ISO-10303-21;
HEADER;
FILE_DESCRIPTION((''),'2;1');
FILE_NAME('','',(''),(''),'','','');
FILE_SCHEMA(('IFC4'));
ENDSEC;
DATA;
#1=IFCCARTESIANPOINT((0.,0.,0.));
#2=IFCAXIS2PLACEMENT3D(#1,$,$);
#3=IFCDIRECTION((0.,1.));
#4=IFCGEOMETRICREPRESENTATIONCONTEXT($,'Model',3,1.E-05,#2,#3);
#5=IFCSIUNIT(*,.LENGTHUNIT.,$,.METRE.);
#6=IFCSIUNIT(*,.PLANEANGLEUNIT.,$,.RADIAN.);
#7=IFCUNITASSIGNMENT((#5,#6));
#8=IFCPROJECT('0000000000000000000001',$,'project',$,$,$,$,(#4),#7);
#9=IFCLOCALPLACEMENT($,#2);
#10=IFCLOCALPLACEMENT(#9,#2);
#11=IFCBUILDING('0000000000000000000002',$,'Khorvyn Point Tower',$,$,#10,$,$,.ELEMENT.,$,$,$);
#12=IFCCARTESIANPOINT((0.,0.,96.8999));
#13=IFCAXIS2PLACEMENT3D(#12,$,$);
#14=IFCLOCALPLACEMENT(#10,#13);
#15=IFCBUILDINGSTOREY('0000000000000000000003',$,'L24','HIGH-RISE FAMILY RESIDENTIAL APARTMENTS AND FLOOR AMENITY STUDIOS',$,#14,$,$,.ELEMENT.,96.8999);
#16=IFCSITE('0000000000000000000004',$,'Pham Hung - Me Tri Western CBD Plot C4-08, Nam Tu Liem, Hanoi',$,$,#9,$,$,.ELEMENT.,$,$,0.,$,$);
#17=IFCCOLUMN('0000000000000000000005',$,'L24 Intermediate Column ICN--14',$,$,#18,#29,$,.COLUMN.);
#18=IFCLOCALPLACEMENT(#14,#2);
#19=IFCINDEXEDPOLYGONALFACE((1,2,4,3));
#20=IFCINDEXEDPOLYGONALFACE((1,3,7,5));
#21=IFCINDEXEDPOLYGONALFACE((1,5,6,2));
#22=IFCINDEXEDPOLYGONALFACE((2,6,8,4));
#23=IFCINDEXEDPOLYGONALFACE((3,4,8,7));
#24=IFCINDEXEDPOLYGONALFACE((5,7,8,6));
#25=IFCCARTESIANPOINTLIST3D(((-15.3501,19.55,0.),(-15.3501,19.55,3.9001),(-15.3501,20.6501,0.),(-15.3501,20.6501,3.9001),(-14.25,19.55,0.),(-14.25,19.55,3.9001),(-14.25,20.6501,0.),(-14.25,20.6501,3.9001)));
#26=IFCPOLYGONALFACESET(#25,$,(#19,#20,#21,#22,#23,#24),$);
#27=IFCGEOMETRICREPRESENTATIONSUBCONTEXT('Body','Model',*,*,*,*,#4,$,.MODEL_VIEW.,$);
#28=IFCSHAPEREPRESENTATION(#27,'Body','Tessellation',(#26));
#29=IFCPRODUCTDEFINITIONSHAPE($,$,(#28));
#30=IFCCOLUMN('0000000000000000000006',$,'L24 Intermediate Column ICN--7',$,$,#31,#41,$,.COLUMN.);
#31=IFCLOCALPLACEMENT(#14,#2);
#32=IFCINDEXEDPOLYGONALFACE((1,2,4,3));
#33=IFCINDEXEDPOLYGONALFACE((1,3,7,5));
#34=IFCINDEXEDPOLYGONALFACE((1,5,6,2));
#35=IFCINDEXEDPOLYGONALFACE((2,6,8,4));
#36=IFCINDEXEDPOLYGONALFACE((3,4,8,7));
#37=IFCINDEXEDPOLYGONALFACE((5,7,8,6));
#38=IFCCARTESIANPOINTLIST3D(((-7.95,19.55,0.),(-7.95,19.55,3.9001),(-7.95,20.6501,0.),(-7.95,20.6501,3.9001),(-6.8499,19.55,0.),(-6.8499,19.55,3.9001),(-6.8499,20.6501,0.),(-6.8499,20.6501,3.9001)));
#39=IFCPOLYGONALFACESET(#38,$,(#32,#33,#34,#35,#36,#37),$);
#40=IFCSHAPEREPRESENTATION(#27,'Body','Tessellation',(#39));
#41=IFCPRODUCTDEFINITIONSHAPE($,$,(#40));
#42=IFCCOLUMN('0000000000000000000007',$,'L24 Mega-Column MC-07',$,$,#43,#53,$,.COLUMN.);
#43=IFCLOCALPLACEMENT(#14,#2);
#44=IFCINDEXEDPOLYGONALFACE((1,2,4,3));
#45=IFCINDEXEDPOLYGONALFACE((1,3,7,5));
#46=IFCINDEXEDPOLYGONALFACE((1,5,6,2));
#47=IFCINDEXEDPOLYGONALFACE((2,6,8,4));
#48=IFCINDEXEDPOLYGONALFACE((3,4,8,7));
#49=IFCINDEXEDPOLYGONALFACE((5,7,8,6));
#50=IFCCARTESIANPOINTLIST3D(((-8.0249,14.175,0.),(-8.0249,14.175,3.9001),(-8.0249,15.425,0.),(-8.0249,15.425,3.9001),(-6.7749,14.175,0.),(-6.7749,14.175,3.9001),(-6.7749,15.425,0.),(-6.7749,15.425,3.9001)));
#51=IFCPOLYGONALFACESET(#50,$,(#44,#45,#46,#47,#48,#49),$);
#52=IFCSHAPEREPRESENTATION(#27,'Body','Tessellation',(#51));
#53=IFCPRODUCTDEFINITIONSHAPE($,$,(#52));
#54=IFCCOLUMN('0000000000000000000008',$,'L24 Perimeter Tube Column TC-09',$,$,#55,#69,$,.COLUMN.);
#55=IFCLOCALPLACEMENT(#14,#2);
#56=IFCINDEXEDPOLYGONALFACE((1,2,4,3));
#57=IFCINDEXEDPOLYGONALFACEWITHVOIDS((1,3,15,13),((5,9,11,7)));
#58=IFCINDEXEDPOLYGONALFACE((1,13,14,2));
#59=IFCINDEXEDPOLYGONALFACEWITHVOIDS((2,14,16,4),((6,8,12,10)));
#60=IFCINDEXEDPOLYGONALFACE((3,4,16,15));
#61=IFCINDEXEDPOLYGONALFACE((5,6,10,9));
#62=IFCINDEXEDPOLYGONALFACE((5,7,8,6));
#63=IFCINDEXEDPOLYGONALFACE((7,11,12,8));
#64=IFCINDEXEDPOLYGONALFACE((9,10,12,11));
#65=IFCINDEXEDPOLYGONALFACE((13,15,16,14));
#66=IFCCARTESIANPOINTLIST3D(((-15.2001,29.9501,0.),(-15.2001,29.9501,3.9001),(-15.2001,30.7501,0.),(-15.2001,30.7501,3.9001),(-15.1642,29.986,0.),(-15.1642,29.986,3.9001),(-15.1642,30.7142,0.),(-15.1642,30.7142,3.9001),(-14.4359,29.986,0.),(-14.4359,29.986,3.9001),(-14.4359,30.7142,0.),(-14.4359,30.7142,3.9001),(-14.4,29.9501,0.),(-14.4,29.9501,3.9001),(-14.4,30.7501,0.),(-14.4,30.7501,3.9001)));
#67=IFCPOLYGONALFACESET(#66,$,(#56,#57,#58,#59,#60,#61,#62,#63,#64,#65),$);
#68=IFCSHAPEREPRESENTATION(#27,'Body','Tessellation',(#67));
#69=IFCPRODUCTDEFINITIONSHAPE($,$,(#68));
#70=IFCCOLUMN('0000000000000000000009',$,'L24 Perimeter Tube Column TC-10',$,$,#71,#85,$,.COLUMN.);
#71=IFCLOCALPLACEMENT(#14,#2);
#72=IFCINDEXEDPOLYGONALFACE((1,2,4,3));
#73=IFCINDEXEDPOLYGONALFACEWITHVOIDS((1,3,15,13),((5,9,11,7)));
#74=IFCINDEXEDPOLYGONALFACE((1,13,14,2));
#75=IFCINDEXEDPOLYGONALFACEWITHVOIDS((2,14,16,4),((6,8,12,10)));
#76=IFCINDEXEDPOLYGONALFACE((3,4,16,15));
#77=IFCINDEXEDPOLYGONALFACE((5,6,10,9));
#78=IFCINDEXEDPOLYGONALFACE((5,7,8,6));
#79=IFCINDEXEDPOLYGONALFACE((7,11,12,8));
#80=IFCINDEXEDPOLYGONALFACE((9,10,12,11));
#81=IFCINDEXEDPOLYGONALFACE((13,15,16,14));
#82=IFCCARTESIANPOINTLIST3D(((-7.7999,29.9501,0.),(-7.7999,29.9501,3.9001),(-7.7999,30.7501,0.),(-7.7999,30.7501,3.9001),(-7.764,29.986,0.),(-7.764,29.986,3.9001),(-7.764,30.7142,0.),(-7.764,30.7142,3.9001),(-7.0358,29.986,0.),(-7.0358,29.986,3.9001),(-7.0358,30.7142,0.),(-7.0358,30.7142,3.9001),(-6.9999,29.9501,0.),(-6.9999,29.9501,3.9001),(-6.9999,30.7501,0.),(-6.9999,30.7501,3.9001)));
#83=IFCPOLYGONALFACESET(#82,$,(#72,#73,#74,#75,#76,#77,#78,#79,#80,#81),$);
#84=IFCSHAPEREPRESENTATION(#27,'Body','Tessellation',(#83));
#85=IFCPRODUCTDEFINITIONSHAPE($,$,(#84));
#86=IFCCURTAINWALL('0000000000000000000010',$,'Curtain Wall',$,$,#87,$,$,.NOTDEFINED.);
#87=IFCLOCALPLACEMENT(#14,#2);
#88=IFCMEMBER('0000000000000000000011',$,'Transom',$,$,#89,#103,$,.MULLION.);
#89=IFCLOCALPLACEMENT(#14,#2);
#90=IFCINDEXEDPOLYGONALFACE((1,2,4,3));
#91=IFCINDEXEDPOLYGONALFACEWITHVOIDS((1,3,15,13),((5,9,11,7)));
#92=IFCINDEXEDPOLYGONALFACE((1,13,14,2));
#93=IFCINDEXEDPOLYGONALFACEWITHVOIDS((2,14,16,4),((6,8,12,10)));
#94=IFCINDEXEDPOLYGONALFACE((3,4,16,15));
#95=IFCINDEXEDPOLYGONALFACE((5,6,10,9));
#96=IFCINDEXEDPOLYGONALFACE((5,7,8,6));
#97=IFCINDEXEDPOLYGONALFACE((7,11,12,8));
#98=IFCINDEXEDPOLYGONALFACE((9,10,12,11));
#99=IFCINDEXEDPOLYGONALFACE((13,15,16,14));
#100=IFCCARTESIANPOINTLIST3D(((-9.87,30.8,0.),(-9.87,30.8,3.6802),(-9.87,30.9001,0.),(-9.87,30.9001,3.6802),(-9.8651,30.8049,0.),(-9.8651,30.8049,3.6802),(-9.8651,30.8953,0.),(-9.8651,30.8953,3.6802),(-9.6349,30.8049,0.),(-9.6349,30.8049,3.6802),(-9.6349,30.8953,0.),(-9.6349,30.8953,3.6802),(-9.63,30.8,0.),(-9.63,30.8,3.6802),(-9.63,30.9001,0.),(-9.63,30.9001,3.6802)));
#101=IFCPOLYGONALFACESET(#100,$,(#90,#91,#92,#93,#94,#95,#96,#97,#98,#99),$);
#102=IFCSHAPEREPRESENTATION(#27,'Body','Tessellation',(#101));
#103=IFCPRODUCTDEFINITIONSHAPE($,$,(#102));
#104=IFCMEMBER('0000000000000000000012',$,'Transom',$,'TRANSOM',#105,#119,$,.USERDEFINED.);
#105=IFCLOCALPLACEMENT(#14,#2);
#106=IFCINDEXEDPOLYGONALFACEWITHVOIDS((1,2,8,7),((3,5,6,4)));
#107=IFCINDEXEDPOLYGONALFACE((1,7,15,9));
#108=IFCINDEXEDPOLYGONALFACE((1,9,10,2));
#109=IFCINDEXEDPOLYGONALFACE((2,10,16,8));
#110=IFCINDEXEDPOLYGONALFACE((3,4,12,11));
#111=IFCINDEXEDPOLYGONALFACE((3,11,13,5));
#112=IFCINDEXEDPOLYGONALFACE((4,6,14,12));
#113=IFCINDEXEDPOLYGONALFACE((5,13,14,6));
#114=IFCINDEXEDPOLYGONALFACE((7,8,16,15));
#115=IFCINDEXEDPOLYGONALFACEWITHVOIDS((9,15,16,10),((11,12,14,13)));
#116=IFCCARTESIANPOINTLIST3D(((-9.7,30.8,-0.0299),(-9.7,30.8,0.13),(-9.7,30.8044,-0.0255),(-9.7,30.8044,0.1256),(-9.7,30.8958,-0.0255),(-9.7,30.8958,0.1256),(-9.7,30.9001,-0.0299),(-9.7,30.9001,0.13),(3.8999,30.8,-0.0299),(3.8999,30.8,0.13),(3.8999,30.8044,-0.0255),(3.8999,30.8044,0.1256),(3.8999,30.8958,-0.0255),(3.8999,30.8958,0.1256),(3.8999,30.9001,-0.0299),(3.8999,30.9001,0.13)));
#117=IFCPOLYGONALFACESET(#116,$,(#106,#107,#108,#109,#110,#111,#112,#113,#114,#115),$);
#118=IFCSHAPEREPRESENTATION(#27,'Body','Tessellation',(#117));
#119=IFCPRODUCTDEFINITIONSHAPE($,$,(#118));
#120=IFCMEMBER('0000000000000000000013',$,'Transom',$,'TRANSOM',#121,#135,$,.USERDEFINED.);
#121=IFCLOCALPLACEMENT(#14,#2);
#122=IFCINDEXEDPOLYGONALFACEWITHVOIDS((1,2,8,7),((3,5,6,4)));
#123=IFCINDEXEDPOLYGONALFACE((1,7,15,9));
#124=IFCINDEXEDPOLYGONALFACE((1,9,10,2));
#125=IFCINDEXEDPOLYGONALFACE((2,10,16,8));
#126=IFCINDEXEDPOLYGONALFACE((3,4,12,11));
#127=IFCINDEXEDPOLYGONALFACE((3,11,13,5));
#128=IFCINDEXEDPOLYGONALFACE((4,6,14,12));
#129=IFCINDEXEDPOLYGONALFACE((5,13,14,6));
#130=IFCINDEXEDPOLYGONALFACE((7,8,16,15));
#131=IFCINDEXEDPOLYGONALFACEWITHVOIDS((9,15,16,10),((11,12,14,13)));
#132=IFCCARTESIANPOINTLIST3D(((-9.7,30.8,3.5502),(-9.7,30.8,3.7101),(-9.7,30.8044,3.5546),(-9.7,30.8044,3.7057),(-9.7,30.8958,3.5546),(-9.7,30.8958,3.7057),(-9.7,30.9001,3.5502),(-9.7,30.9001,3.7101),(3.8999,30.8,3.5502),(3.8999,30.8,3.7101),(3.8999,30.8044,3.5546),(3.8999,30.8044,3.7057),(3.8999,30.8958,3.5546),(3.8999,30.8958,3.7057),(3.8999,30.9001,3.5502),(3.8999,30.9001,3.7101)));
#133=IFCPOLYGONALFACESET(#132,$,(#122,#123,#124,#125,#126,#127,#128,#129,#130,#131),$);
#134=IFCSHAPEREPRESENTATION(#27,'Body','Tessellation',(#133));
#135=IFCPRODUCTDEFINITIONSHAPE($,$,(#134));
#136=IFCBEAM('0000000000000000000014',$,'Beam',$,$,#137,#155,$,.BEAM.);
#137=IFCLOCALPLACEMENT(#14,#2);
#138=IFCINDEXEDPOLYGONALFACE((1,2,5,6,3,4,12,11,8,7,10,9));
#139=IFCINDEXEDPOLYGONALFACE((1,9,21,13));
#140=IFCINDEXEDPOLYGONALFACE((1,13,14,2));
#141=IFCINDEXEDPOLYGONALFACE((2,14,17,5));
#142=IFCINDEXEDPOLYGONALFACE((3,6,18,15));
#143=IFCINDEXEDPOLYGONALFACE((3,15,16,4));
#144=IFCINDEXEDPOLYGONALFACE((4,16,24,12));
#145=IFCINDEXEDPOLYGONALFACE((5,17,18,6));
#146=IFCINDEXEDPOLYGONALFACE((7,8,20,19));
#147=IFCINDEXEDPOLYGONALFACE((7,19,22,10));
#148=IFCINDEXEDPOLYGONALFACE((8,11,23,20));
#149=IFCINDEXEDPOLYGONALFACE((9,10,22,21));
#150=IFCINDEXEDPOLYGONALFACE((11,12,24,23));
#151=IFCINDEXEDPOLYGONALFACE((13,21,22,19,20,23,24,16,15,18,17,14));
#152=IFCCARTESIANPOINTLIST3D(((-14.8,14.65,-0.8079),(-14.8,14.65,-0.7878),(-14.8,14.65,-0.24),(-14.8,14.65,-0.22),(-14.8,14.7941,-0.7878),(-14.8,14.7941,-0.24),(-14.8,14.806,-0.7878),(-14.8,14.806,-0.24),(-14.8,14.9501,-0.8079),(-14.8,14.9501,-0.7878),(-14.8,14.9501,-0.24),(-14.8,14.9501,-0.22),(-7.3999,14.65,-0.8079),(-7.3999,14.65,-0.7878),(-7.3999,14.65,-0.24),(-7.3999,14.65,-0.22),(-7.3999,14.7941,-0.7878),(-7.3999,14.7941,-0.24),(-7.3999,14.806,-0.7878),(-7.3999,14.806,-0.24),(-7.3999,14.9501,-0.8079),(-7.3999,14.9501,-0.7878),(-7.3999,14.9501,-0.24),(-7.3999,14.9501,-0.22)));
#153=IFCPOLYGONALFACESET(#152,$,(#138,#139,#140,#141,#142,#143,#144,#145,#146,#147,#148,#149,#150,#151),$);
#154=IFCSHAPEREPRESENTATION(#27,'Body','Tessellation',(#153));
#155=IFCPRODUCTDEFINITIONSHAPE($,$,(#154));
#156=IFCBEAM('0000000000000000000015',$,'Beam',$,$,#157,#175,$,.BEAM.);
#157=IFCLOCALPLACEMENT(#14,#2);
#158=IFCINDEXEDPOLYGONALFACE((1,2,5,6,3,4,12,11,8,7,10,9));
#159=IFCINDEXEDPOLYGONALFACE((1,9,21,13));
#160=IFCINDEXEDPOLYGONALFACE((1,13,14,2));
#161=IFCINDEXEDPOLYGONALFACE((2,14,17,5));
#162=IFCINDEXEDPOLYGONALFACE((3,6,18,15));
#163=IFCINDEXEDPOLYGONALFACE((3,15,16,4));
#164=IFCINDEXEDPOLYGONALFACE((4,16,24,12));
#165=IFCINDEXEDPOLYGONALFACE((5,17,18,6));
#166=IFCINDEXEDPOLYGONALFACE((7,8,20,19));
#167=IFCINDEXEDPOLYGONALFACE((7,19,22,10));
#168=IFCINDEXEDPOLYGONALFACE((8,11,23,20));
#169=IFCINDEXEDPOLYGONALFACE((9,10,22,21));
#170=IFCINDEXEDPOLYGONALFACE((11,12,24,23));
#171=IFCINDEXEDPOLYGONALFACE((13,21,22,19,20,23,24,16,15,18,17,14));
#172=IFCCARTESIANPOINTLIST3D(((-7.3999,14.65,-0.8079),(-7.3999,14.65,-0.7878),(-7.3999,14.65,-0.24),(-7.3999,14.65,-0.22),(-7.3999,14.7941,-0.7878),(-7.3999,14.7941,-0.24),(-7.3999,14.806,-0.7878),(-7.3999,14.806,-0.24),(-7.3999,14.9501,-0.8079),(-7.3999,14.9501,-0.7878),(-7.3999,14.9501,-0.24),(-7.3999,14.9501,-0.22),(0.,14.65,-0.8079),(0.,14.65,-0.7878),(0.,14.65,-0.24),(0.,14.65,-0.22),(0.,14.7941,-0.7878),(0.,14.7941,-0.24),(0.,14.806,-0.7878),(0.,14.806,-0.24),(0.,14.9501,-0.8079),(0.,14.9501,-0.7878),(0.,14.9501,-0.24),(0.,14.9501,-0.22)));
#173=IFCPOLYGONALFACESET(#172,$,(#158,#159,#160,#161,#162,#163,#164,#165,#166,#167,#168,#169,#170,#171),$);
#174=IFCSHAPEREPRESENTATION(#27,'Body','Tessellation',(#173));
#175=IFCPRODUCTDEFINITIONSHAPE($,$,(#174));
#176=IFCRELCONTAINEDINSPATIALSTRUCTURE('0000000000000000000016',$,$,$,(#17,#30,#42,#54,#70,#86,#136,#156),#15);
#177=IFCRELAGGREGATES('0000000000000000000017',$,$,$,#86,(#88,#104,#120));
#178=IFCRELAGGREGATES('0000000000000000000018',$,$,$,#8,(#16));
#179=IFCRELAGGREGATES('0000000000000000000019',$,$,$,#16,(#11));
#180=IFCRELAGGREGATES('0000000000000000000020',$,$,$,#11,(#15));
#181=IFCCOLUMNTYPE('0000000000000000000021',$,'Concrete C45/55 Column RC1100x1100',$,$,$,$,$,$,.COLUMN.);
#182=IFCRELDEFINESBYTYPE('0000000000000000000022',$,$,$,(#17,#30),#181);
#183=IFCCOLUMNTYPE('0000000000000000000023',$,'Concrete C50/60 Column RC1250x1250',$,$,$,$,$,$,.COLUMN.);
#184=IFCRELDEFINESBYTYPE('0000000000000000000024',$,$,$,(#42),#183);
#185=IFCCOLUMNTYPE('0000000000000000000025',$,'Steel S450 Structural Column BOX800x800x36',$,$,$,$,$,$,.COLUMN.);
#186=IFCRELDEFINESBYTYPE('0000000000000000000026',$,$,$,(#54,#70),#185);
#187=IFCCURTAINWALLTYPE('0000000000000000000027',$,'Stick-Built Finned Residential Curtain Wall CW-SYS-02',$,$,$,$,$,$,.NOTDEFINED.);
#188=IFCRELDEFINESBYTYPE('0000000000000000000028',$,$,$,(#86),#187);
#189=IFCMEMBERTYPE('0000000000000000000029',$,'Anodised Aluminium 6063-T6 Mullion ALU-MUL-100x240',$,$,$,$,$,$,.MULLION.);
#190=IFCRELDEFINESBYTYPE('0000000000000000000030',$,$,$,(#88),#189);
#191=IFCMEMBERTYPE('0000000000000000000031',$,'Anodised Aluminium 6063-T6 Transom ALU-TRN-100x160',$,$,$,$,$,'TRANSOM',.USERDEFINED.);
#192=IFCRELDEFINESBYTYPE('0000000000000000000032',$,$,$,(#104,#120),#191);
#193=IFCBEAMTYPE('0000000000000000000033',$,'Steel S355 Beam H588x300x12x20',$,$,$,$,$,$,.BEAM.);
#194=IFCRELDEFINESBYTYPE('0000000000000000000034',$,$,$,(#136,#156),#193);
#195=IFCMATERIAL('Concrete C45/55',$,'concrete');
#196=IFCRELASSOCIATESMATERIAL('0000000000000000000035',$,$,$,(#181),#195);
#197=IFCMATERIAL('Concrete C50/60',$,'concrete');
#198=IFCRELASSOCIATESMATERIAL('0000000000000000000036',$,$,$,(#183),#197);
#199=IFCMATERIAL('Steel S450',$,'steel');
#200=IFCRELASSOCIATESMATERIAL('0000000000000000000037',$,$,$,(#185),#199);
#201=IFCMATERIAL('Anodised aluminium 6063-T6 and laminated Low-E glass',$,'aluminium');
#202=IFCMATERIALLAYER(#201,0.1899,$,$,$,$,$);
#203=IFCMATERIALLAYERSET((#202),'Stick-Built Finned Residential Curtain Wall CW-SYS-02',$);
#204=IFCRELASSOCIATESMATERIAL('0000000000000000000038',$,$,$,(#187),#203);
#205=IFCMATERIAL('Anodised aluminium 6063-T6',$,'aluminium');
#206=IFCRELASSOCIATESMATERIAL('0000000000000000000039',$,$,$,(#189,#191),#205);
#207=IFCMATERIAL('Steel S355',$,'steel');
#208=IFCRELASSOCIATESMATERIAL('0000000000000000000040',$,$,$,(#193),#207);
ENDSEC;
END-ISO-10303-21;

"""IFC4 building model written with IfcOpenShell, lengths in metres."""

from ifc_helpers import new_model, si_unit, direction, frame, origin, origin_2d, place, context, subcontext, project, spatial, rectangle, hollow_rectangle, i_section, extrude, material, layer, layer_set, material_profile, profile_set, type_object, element, aggregate, save


model = new_model("IFC4")

# Units and contexts
model_context = context("Model", 3, precision=1e-05, world=origin(), true_north=direction((0.0, 1.0)))
body_context = subcontext(model_context, "Body", "Model", "MODEL_VIEW")
ifc_project = project(units=[si_unit("LENGTHUNIT", "METRE"), si_unit("PLANEANGLEUNIT", "RADIAN")], contexts=[model_context])

# Site, building, storey
site_placement = place(None, origin())
site = spatial("IfcSite", under=ifc_project, at=site_placement, Name="Pham Hung - Me Tri Western CBD Plot C4-08, Nam Tu Liem, Hanoi", CompositionType="ELEMENT", RefElevation=0.0)
building_placement = place(site_placement, origin())
building = spatial("IfcBuilding", under=site, at=building_placement, Name="Khorvyn Point Tower", CompositionType="ELEMENT")
storey_placement = place(building_placement, frame((0.0, 0.0, 96.8999)))
storey = spatial("IfcBuildingStorey", under=building, at=storey_placement, Name="L24", Description="HIGH-RISE FAMILY RESIDENTIAL APARTMENTS AND FLOOR AMENITY STUDIOS", CompositionType="ELEMENT", Elevation=96.8999)

# Columns
ifc_material_1 = material(Name="Concrete C45/55", Category="concrete")
ifc_material_profile_1 = material_profile(ifc_material_1, rectangle(XDim=1.1001, YDim=1.1001, at=origin_2d()))
ifc_profile_set_1 = profile_set([ifc_material_profile_1], Name="Concrete C45/55 RC1100x1100")
column_type_1 = type_object("IfcColumnType", Name="Concrete C45/55 Column RC1100x1100", PredefinedType="COLUMN", material=ifc_profile_set_1)
for number, where, z_axis, x_axis, name in (
    (1, (-14.8, 20.1001, 0.0), (0.0, 0.0, 1.0), (1.0, 0.0, 0.0), "L24 Intermediate Column ICN--14"),
    (2, (-7.3999, 20.1001, 0.0), (0.0, 0.0, 1.0), (1.0, 0.0, 0.0), "L24 Intermediate Column ICN--7"),
):
    element("IfcColumn", number, at=place(storey_placement, frame(where, z_axis=z_axis, x_axis=x_axis)), inside=storey, type_object=column_type_1, Name=name, PredefinedType="COLUMN", context=body_context, shape_type="SweptSolid", body=[
        extrude(rectangle(XDim=1.1001, YDim=1.1001, at=origin_2d()), origin(), (0.0, 0.0, 1.0), 3.9001),
    ])
ifc_material_2 = material(Name="Concrete C50/60", Category="concrete")
ifc_material_profile_2 = material_profile(ifc_material_2, rectangle(XDim=1.25, YDim=1.25, at=origin_2d()))
ifc_profile_set_2 = profile_set([ifc_material_profile_2], Name="Concrete C50/60 RC1250x1250")
column_type_2 = type_object("IfcColumnType", Name="Concrete C50/60 Column RC1250x1250", PredefinedType="COLUMN", material=ifc_profile_set_2)
column_placement = place(storey_placement, frame((-7.3999, 14.8, 0.0), z_axis=(0.0, 0.0, 1.0), x_axis=(1.0, 0.0, 0.0)))
element("IfcColumn", 3, at=column_placement, inside=storey, type_object=column_type_2, Name="L24 Mega-Column MC-07", PredefinedType="COLUMN", context=body_context, shape_type="SweptSolid", body=[
    extrude(rectangle(XDim=1.25, YDim=1.25, at=origin_2d()), origin(), (0.0, 0.0, 1.0), 3.9001),
])
ifc_material_3 = material(Name="Steel S450", Category="steel")
ifc_material_profile_3 = material_profile(ifc_material_3, hollow_rectangle(XDim=0.8, YDim=0.8, WallThickness=0.0359, at=origin_2d()))
ifc_profile_set_3 = profile_set([ifc_material_profile_3], Name="Steel S450 BOX800x800x36")
column_type_3 = type_object("IfcColumnType", Name="Steel S450 Structural Column BOX800x800x36", PredefinedType="COLUMN", material=ifc_profile_set_3)
for number, where, z_axis, x_axis, name in (
    (4, (-14.8, 30.3501, 0.0), (0.0, 0.0, 1.0), (1.0, 0.0, 0.0), "L24 Perimeter Tube Column TC-09"),
    (5, (-7.3999, 30.3501, 0.0), (0.0, 0.0, 1.0), (1.0, 0.0, 0.0), "L24 Perimeter Tube Column TC-10"),
):
    element("IfcColumn", number, at=place(storey_placement, frame(where, z_axis=z_axis, x_axis=x_axis)), inside=storey, type_object=column_type_3, Name=name, PredefinedType="COLUMN", context=body_context, shape_type="SweptSolid", body=[
        extrude(hollow_rectangle(XDim=0.8, YDim=0.8, WallThickness=0.0359, at=origin_2d()), origin(), (0.0, 0.0, 1.0), 3.9001),
    ])

# Curtain wall, members
ifc_material_4 = material(Name="Anodised aluminium 6063-T6 and laminated Low-E glass", Category="aluminium")
ifc_layer_1 = layer(ifc_material_4, 0.1899)
ifc_layer_set_1 = layer_set([ifc_layer_1], Name="Stick-Built Finned Residential Curtain Wall CW-SYS-02")
curtain_wall_type = type_object("IfcCurtainWallType", Name="Stick-Built Finned Residential Curtain Wall CW-SYS-02", PredefinedType="NOTDEFINED", material=ifc_layer_set_1)
curtain_wall_placement = place(storey_placement, origin())
curtain_wall = element("IfcCurtainWall", 6, at=curtain_wall_placement, inside=storey, type_object=curtain_wall_type, Name="Curtain Wall", PredefinedType="NOTDEFINED")
ifc_material_5 = material(Name="Anodised aluminium 6063-T6", Category="aluminium")
ifc_material_profile_4 = material_profile(ifc_material_5, hollow_rectangle(XDim=0.1001, YDim=0.24, WallThickness=0.0049, at=origin_2d()))
ifc_profile_set_4 = profile_set([ifc_material_profile_4], Name="Anodised aluminium 6063-T6 ALU-MUL-100x240")
member_type_1 = type_object("IfcMemberType", Name="Anodised Aluminium 6063-T6 Mullion ALU-MUL-100x240", PredefinedType="MULLION", material=ifc_profile_set_4)
member_1_placement = place(storey_placement, frame((-9.75, 30.8501, 0.0), z_axis=(0.0, 0.0, 1.0), x_axis=(0.0, 1.0, 0.0)))
member_1 = element("IfcMember", 7, at=member_1_placement, type_object=member_type_1, Name="Transom", PredefinedType="MULLION", context=body_context, shape_type="SweptSolid", body=[
    extrude(hollow_rectangle(XDim=0.1001, YDim=0.24, WallThickness=0.0049, at=origin_2d()), origin(), (0.0, 0.0, 1.0), 3.6802),
])
ifc_material_profile_5 = material_profile(ifc_material_5, hollow_rectangle(XDim=0.1001, YDim=0.1599, WallThickness=0.0044, at=origin_2d()))
ifc_profile_set_5 = profile_set([ifc_material_profile_5], Name="Anodised aluminium 6063-T6 ALU-TRN-100x160")
member_type_2 = type_object("IfcMemberType", Name="Anodised Aluminium 6063-T6 Transom ALU-TRN-100x160", ElementType="TRANSOM", PredefinedType="USERDEFINED", material=ifc_profile_set_5)
member_2_placement = place(storey_placement, frame((-9.7, 30.8501, 0.05), z_axis=(1.0, 0.0, 0.0), x_axis=(0.0, 1.0, 0.0)))
member_2 = element("IfcMember", 8, at=member_2_placement, type_object=member_type_2, Name="Transom", ObjectType="TRANSOM", PredefinedType="USERDEFINED", context=body_context, shape_type="SweptSolid", body=[
    extrude(hollow_rectangle(XDim=0.1001, YDim=0.1599, WallThickness=0.0044, at=origin_2d()), origin(), (0.0, 0.0, 1.0), 13.5999),
])
member_3_placement = place(storey_placement, frame((-9.7, 30.8501, 3.6301), z_axis=(1.0, 0.0, 0.0), x_axis=(0.0, 1.0, 0.0)))
member_3 = element("IfcMember", 9, at=member_3_placement, type_object=member_type_2, Name="Transom", ObjectType="TRANSOM", PredefinedType="USERDEFINED", context=body_context, shape_type="SweptSolid", body=[
    extrude(hollow_rectangle(XDim=0.1001, YDim=0.1599, WallThickness=0.0044, at=origin_2d()), origin(), (0.0, 0.0, 1.0), 13.5999),
])

# Beams
ifc_material_6 = material(Name="Steel S355", Category="steel")
ifc_material_profile_6 = material_profile(ifc_material_6, i_section(OverallWidth=0.3, OverallDepth=0.5879, WebThickness=0.012, FlangeThickness=0.02, at=origin_2d()))
ifc_profile_set_6 = profile_set([ifc_material_profile_6], Name="Steel S355 H588x300x12x20")
beam_type_1 = type_object("IfcBeamType", Name="Steel S355 Beam H588x300x12x20", PredefinedType="BEAM", material=ifc_profile_set_6)
beam_1_placement = place(storey_placement, frame((-14.8, 14.8, -0.5139), z_axis=(1.0, 0.0, 0.0), x_axis=(0.0, 1.0, 0.0)))
element("IfcBeam", 10, at=beam_1_placement, inside=storey, type_object=beam_type_1, Name="Beam", PredefinedType="BEAM", context=body_context, shape_type="SweptSolid", body=[
    extrude(i_section(OverallWidth=0.3, OverallDepth=0.5879, WebThickness=0.012, FlangeThickness=0.02, at=origin_2d()), origin(), (0.0, 0.0, 1.0), 7.4001),
])
beam_2_placement = place(storey_placement, frame((-7.3999, 14.8, -0.5139), z_axis=(1.0, 0.0, 0.0), x_axis=(0.0, 1.0, 0.0)))
element("IfcBeam", 11, at=beam_2_placement, inside=storey, type_object=beam_type_1, Name="Beam", PredefinedType="BEAM", context=body_context, shape_type="SweptSolid", body=[
    extrude(i_section(OverallWidth=0.3, OverallDepth=0.5879, WebThickness=0.012, FlangeThickness=0.02, at=origin_2d()), origin(), (0.0, 0.0, 1.0), 7.3999),
])

aggregate(curtain_wall, [member_1, member_2, member_3])

save(model, "model.ifc")
